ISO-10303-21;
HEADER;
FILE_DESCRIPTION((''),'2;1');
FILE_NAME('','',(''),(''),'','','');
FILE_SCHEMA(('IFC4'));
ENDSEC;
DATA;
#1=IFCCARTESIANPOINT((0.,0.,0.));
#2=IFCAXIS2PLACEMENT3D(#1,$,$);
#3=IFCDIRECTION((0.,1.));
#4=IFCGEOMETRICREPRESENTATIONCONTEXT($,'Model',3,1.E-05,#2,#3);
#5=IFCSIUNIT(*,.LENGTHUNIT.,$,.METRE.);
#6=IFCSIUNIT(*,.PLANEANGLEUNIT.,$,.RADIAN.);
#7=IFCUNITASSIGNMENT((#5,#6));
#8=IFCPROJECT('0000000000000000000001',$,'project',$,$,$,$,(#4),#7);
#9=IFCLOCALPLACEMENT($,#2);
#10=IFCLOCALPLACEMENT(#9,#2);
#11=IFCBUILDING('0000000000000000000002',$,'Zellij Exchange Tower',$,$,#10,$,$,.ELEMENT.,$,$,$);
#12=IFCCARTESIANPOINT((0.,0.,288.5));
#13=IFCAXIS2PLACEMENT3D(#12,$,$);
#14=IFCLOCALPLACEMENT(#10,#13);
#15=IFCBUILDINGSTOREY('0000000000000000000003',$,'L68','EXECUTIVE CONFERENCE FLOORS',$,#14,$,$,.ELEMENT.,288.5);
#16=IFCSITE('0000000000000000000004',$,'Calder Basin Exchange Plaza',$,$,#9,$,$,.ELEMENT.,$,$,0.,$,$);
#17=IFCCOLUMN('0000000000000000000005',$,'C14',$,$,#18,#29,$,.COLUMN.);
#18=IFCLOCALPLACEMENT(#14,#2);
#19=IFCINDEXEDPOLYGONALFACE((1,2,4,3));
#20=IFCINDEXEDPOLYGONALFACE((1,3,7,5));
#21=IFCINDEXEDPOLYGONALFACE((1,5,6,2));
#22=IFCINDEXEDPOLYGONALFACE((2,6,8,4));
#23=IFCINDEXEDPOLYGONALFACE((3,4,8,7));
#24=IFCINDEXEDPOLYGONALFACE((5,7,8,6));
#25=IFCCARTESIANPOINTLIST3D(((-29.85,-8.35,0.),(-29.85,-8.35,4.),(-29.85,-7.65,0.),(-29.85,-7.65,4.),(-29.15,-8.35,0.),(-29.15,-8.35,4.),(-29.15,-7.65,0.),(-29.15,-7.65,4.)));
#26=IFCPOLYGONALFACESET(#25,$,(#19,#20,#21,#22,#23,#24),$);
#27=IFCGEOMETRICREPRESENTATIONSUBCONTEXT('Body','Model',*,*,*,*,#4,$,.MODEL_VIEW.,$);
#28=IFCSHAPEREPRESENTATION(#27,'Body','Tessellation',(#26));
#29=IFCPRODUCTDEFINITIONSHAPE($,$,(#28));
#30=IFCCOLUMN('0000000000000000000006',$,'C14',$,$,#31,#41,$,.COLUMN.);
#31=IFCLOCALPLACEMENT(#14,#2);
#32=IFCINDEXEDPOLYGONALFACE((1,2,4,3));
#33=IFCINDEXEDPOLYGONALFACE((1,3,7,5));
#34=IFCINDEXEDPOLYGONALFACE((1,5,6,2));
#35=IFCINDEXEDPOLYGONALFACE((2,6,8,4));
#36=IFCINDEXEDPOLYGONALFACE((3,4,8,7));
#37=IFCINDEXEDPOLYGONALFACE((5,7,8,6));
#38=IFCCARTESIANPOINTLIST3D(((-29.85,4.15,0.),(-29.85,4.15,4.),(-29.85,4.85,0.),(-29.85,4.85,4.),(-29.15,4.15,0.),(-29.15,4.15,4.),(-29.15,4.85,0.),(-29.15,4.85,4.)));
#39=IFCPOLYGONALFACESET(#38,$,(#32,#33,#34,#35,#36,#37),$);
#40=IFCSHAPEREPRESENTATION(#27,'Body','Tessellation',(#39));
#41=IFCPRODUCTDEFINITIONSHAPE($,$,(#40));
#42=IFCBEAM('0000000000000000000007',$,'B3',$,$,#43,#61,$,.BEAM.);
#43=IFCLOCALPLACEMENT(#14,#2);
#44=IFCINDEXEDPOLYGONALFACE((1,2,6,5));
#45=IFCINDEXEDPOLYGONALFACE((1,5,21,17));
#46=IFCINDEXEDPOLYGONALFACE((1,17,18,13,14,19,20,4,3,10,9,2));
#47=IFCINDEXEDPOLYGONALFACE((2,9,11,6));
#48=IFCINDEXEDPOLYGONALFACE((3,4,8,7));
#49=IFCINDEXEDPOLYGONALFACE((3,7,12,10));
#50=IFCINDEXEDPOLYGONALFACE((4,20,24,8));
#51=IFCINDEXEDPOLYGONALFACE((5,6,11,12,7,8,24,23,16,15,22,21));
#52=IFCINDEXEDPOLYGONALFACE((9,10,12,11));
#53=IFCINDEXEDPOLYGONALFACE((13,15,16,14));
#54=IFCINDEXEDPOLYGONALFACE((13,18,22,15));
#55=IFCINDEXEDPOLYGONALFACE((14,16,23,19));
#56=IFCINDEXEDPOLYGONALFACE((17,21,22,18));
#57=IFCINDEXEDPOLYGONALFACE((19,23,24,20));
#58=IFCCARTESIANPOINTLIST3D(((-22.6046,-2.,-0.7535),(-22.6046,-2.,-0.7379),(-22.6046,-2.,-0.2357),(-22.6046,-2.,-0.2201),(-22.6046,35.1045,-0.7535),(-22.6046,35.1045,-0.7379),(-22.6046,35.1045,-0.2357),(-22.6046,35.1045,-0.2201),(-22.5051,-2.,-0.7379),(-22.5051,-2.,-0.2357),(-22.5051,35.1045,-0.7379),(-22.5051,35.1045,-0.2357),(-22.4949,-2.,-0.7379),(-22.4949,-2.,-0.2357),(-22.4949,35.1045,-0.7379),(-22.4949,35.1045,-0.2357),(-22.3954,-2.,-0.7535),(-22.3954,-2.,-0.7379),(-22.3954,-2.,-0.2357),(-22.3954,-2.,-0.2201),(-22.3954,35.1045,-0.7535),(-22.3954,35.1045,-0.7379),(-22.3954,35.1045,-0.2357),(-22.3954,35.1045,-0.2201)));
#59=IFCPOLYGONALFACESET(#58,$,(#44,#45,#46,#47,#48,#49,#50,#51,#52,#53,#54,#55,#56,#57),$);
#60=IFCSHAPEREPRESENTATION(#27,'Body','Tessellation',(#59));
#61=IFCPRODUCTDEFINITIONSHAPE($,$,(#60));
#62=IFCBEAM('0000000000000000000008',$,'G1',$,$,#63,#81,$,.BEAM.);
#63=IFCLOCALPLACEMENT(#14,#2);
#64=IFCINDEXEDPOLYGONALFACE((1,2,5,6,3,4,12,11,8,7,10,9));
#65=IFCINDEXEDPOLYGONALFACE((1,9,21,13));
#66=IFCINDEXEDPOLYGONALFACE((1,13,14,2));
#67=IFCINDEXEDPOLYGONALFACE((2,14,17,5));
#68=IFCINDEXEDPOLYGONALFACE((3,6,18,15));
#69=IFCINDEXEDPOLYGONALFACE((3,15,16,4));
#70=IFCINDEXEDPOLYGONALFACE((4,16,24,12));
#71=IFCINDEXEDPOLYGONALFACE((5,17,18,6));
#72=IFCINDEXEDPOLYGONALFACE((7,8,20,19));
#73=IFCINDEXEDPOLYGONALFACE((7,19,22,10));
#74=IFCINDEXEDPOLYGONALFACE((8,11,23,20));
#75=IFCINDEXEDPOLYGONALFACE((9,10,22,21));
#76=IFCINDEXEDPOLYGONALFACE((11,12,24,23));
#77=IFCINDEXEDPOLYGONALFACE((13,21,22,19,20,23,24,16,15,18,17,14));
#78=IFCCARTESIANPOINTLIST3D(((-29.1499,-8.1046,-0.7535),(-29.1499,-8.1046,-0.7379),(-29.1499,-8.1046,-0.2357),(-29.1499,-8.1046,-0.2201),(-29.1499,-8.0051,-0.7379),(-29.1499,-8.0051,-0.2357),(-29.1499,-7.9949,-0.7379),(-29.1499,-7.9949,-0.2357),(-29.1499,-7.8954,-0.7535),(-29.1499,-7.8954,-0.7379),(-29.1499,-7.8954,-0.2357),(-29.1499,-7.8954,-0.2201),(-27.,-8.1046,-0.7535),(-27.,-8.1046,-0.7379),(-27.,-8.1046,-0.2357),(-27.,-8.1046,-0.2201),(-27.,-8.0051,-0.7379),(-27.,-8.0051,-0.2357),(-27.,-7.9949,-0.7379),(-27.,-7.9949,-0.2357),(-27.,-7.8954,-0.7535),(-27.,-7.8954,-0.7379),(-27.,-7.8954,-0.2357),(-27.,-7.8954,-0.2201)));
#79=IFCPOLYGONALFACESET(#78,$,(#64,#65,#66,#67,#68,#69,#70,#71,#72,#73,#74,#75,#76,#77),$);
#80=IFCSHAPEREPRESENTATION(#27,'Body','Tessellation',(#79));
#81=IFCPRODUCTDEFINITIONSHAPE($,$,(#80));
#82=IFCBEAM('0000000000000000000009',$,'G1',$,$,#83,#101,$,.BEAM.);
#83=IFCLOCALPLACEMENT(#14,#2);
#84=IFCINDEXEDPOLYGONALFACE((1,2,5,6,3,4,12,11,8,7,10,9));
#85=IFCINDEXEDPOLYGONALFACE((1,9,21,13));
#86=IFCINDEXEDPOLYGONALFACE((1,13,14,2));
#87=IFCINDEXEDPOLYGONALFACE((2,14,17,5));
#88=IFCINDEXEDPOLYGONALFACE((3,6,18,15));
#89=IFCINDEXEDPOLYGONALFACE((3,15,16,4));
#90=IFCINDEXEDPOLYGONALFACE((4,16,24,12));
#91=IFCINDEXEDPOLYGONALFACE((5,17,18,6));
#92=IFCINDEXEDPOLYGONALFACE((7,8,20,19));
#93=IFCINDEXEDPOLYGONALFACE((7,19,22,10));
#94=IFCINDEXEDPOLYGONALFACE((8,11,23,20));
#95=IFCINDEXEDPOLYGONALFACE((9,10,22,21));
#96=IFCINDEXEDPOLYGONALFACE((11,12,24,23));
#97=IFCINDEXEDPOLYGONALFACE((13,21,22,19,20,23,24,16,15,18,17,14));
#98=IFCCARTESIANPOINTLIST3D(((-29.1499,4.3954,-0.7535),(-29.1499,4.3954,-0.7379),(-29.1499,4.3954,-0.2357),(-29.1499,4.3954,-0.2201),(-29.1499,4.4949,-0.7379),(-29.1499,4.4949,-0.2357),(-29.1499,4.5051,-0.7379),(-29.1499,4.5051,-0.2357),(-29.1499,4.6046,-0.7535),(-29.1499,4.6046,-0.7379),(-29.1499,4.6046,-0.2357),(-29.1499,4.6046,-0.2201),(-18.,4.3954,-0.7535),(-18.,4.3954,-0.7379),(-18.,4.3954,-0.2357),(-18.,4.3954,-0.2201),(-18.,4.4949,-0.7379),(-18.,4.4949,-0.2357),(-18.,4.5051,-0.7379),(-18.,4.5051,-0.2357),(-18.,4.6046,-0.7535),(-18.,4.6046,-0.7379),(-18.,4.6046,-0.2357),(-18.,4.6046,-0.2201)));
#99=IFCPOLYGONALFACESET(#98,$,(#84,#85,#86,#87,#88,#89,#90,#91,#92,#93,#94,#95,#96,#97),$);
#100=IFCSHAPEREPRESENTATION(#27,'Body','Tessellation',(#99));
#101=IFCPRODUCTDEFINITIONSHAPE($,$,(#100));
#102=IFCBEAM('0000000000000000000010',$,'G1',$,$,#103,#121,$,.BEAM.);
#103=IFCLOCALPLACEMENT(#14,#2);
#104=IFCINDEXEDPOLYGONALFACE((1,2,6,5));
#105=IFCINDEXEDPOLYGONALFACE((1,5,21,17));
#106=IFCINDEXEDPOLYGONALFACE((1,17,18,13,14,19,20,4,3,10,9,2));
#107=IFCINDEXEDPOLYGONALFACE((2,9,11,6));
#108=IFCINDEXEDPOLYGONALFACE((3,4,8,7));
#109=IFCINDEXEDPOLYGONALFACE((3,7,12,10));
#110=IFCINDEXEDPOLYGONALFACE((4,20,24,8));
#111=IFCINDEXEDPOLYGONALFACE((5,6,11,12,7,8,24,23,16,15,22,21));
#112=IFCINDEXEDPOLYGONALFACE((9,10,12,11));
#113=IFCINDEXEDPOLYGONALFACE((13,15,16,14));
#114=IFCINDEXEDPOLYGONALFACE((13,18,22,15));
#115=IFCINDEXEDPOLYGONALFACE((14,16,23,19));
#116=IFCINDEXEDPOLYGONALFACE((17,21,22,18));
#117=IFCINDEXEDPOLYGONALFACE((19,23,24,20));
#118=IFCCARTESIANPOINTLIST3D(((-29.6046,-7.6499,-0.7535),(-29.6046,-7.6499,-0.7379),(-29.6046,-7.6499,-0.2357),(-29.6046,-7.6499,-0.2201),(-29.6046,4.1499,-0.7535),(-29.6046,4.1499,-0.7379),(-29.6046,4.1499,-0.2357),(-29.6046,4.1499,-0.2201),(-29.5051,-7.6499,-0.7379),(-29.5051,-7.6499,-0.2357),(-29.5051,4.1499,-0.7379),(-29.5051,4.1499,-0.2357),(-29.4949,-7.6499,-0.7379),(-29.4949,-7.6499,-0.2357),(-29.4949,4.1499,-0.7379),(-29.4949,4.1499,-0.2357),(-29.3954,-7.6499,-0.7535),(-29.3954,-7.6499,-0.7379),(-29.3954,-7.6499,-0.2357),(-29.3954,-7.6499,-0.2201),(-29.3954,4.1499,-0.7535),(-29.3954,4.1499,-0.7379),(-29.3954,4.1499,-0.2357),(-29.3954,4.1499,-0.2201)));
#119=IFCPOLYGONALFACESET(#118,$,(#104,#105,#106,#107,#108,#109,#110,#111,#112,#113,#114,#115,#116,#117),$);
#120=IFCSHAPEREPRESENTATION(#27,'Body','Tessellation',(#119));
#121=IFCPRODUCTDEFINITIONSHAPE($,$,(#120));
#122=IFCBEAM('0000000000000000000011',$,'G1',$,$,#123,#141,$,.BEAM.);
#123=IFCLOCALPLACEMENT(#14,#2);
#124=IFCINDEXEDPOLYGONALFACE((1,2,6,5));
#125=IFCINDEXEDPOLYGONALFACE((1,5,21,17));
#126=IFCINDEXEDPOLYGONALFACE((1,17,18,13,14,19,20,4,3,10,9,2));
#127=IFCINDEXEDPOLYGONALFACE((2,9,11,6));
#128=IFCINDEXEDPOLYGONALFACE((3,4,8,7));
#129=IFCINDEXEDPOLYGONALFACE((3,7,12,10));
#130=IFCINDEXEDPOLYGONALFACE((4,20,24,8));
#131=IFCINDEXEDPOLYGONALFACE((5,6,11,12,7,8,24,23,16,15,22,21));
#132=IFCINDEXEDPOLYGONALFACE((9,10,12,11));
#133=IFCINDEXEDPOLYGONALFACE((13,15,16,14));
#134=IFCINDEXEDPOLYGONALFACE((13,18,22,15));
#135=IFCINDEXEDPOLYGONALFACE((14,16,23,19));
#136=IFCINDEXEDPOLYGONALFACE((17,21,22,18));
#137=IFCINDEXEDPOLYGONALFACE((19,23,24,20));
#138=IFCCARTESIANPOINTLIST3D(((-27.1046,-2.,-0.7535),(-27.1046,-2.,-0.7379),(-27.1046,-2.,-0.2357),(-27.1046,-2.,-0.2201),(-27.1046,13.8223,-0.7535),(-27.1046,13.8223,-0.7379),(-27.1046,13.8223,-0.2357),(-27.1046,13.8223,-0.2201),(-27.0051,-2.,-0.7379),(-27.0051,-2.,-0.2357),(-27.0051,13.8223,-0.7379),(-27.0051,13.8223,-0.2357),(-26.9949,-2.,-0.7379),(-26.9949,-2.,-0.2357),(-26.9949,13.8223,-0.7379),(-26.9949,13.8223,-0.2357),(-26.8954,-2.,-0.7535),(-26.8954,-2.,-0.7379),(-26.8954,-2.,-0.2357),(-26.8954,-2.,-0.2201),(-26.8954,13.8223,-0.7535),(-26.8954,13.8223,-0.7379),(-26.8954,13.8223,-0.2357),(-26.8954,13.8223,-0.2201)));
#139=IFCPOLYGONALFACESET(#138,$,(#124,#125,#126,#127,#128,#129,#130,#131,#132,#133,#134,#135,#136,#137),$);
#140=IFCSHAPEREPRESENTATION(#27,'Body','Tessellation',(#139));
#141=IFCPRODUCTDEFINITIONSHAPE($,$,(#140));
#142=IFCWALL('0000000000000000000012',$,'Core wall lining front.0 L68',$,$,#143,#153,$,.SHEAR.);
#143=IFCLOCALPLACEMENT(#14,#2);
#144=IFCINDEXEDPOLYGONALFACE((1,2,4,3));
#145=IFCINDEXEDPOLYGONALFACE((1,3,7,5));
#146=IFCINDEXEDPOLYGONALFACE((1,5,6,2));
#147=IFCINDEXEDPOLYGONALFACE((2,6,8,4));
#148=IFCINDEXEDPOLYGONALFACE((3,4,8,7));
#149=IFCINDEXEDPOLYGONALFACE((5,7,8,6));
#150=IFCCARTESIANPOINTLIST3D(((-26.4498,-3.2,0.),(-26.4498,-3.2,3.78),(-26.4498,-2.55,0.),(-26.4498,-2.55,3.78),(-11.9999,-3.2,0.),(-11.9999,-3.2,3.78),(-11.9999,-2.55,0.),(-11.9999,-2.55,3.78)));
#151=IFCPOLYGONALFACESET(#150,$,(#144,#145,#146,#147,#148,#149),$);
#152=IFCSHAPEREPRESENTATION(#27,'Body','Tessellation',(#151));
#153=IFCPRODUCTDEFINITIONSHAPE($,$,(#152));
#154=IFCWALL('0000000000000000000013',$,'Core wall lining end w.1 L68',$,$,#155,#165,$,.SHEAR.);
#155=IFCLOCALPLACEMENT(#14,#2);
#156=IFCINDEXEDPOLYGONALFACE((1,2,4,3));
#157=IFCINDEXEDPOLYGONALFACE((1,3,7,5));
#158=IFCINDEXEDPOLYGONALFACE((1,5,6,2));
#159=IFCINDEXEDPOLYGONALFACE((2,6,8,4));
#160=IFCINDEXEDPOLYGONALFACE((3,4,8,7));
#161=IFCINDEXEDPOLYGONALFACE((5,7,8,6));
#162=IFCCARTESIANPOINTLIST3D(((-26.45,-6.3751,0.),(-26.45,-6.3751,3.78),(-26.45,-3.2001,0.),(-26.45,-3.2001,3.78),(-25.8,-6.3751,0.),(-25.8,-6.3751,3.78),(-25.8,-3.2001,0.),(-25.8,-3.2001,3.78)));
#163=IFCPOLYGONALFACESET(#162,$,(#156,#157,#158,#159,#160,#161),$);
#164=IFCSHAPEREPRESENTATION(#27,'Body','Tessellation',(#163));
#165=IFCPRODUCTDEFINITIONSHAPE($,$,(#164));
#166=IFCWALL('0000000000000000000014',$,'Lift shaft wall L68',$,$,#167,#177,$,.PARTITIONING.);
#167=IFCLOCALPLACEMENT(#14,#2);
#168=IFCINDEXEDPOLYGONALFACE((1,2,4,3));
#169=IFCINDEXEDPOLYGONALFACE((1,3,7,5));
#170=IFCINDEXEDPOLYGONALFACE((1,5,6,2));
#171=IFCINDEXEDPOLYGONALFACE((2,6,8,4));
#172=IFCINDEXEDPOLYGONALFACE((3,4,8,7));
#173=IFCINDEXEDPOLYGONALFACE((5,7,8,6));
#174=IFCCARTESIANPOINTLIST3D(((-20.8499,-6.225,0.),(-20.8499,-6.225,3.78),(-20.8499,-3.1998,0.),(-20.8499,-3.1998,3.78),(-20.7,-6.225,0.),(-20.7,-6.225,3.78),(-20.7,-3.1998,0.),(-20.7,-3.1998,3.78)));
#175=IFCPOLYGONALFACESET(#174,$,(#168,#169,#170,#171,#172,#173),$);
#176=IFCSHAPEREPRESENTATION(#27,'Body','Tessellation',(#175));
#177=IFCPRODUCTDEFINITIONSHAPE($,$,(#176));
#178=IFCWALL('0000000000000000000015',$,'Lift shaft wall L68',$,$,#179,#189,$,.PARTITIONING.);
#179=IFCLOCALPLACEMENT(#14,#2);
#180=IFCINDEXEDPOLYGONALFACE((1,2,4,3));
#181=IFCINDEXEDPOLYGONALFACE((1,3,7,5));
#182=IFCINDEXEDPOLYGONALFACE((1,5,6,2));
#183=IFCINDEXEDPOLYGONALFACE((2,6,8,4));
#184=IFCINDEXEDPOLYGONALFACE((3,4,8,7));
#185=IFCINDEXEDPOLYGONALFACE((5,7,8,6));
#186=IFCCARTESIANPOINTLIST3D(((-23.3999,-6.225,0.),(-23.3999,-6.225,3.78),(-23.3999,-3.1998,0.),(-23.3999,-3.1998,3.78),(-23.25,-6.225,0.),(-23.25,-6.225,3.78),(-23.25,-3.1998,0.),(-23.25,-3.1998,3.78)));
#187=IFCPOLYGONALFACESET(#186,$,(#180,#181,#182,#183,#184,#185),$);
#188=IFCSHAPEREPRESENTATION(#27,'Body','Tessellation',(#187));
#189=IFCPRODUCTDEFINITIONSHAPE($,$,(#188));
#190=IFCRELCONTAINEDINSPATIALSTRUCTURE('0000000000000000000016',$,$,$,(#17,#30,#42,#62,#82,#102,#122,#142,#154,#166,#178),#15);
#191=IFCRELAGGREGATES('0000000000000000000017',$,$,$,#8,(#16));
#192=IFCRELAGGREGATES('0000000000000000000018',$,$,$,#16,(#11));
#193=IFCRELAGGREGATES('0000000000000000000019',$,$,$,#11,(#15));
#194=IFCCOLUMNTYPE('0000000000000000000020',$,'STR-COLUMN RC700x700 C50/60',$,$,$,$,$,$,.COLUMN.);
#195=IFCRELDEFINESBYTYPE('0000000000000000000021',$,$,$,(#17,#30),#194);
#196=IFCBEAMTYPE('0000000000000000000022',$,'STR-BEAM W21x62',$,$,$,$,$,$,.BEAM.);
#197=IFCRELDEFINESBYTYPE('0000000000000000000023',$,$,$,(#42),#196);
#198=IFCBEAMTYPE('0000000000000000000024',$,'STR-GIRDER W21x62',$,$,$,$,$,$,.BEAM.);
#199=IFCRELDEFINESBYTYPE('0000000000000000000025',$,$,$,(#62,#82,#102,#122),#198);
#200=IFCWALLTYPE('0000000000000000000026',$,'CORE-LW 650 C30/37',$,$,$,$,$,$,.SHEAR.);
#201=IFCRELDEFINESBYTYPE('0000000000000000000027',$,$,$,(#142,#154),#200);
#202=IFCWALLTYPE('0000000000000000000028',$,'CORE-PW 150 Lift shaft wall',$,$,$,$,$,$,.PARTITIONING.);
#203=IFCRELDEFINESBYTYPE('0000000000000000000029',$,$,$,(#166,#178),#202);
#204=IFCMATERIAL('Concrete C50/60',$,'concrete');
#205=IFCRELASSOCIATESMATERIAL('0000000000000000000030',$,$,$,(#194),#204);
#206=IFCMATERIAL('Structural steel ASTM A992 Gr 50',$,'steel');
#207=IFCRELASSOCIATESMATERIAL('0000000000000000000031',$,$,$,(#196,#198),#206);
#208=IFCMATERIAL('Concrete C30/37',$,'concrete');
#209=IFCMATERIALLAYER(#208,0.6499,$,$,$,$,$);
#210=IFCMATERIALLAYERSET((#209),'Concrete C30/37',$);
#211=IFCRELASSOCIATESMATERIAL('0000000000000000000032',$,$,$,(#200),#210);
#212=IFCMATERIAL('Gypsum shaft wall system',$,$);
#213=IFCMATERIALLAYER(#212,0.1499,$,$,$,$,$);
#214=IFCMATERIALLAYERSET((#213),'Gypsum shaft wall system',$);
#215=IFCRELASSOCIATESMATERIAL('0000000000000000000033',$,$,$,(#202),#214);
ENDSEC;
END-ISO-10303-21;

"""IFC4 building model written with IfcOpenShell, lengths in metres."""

from ifc_helpers import new_model, si_unit, direction, frame, frame_2d, origin, origin_2d, place, context, subcontext, project, spatial, rectangle, i_section, extrude, material, layer, layer_set, material_profile, profile_set, type_object, element, save


model = new_model("IFC4")

# Units and contexts
model_context = context("Model", 3, precision=1e-05, world=origin(), true_north=direction((0.0, 1.0)))
body_context = subcontext(model_context, "Body", "Model", "MODEL_VIEW")
ifc_project = project(units=[si_unit("LENGTHUNIT", "METRE"), si_unit("PLANEANGLEUNIT", "RADIAN")], contexts=[model_context])

# Site, building, storey
site_placement = place(None, origin())
site = spatial("IfcSite", under=ifc_project, at=site_placement, Name="Calder Basin Exchange Plaza", CompositionType="ELEMENT", RefElevation=0.0)
building_placement = place(site_placement, origin())
building = spatial("IfcBuilding", under=site, at=building_placement, Name="Zellij Exchange Tower", CompositionType="ELEMENT")
storey_placement = place(building_placement, frame((0.0, 0.0, 288.5)))
storey = spatial("IfcBuildingStorey", under=building, at=storey_placement, Name="L68", Description="EXECUTIVE CONFERENCE FLOORS", CompositionType="ELEMENT", Elevation=288.5)

# Columns
ifc_material_1 = material(Name="Concrete C50/60", Category="concrete")
ifc_material_profile_1 = material_profile(ifc_material_1, rectangle(XDim=0.7, YDim=0.7, at=origin_2d()), Name="STR-COLUMN RC700x700 C50/60")
ifc_profile_set_1 = profile_set([ifc_material_profile_1], Name="Concrete C50/60")
column_type = type_object("IfcColumnType", Name="STR-COLUMN RC700x700 C50/60", PredefinedType="COLUMN", material=ifc_profile_set_1)
for number, where, z_axis, x_axis, name in (
    (1, (-29.5, -8.0, 0.0), (0.0, 0.0, 1.0), (1.0, 0.0, 0.0), "C14"),
    (2, (-29.5, 4.5, 0.0), (0.0, 0.0, 1.0), (1.0, 0.0, 0.0), "C14"),
):
    element("IfcColumn", number, at=place(storey_placement, frame(where, z_axis=z_axis, x_axis=x_axis)), inside=storey, type_object=column_type, Name=name, PredefinedType="COLUMN", context=body_context, shape_type="SweptSolid", body=[
        extrude(rectangle(XDim=0.7, YDim=0.7, at=origin_2d()), origin(), (0.0, 0.0, 1.0), 4.0),
    ])

# Beams
ifc_material_2 = material(Name="Structural steel ASTM A992 Gr 50", Category="steel")
ifc_material_profile_2 = material_profile(ifc_material_2, i_section(OverallWidth=0.2092, OverallDepth=0.5334, WebThickness=0.0103, FlangeThickness=0.0156, at=origin_2d()), Name="W21x62")
ifc_profile_set_2 = profile_set([ifc_material_profile_2], Name="Structural steel ASTM A992 Gr 50")
beam_type_1 = type_object("IfcBeamType", Name="STR-BEAM W21x62", PredefinedType="BEAM", material=ifc_profile_set_2)
beam_1_placement = place(storey_placement, frame((-22.5, -2.0, -0.4868), z_axis=(0.0, 1.0, 0.0), x_axis=(-1.0, 0.0, 0.0)))
element("IfcBeam", 3, at=beam_1_placement, inside=storey, type_object=beam_type_1, Name="B3", PredefinedType="BEAM", context=body_context, shape_type="SweptSolid", body=[
    extrude(i_section(OverallWidth=0.2092, OverallDepth=0.5334, WebThickness=0.0103, FlangeThickness=0.0156, at=origin_2d()), origin(), (0.0, 0.0, 1.0), 37.1045),
])
ifc_material_profile_3 = material_profile(ifc_material_2, i_section(OverallWidth=0.2092, OverallDepth=0.5334, WebThickness=0.0103, FlangeThickness=0.0156, at=origin_2d()), Name="W21x62")
ifc_profile_set_3 = profile_set([ifc_material_profile_3], Name="Structural steel ASTM A992 Gr 50")
beam_type_2 = type_object("IfcBeamType", Name="STR-GIRDER W21x62", PredefinedType="BEAM", material=ifc_profile_set_3)
beam_2_placement = place(storey_placement, frame((-29.1499, -8.0, -0.4868), z_axis=(1.0, 0.0, 0.0), x_axis=(0.0, 1.0, 0.0)))
element("IfcBeam", 4, at=beam_2_placement, inside=storey, type_object=beam_type_2, Name="G1", PredefinedType="BEAM", context=body_context, shape_type="SweptSolid", body=[
    extrude(i_section(OverallWidth=0.2092, OverallDepth=0.5334, WebThickness=0.0103, FlangeThickness=0.0156, at=origin_2d()), origin(), (0.0, 0.0, 1.0), 2.1499),
])
beam_3_placement = place(storey_placement, frame((-29.1499, 4.5, -0.4868), z_axis=(1.0, 0.0, 0.0), x_axis=(0.0, 1.0, 0.0)))
element("IfcBeam", 5, at=beam_3_placement, inside=storey, type_object=beam_type_2, Name="G1", PredefinedType="BEAM", context=body_context, shape_type="SweptSolid", body=[
    extrude(i_section(OverallWidth=0.2092, OverallDepth=0.5334, WebThickness=0.0103, FlangeThickness=0.0156, at=origin_2d()), origin(), (0.0, 0.0, 1.0), 11.1499),
])
beam_4_placement = place(storey_placement, frame((-29.5, -7.6499, -0.4868), z_axis=(0.0, 1.0, 0.0), x_axis=(-1.0, 0.0, 0.0)))
element("IfcBeam", 6, at=beam_4_placement, inside=storey, type_object=beam_type_2, Name="G1", PredefinedType="BEAM", context=body_context, shape_type="SweptSolid", body=[
    extrude(i_section(OverallWidth=0.2092, OverallDepth=0.5334, WebThickness=0.0103, FlangeThickness=0.0156, at=origin_2d()), origin(), (0.0, 0.0, 1.0), 11.7998),
])
beam_5_placement = place(storey_placement, frame((-27.0, -2.0, -0.4868), z_axis=(0.0, 1.0, 0.0), x_axis=(-1.0, 0.0, 0.0)))
element("IfcBeam", 7, at=beam_5_placement, inside=storey, type_object=beam_type_2, Name="G1", PredefinedType="BEAM", context=body_context, shape_type="SweptSolid", body=[
    extrude(i_section(OverallWidth=0.2092, OverallDepth=0.5334, WebThickness=0.0103, FlangeThickness=0.0156, at=origin_2d()), origin(), (0.0, 0.0, 1.0), 15.8223),
])

# Walls
ifc_material_3 = material(Name="Concrete C30/37", Category="concrete")
ifc_layer_1 = layer(ifc_material_3, 0.6499)
ifc_layer_set_1 = layer_set([ifc_layer_1], Name="Concrete C30/37")
wall_type_1 = type_object("IfcWallType", Name="CORE-LW 650 C30/37", PredefinedType="SHEAR", material=ifc_layer_set_1)
wall_1_placement = place(storey_placement, frame((-26.45, -2.875, 0.0), z_axis=(0.0, 0.0, 1.0), x_axis=(1.0, 0.0, 0.0)))
element("IfcWall", 8, at=wall_1_placement, inside=storey, type_object=wall_type_1, Name="Core wall lining front.0 L68", PredefinedType="SHEAR", context=body_context, shape_type="SweptSolid", body=[
    extrude(rectangle(XDim=14.45, YDim=0.6499, at=frame_2d((7.2251, 0.0))), origin(), (0.0, 0.0, 1.0), 3.78),
])
wall_2_placement = place(storey_placement, frame((-26.125, -6.375, 0.0), z_axis=(0.0, 0.0, 1.0), x_axis=(0.0, 1.0, 0.0)))
element("IfcWall", 9, at=wall_2_placement, inside=storey, type_object=wall_type_1, Name="Core wall lining end w.1 L68", PredefinedType="SHEAR", context=body_context, shape_type="SweptSolid", body=[
    extrude(rectangle(XDim=3.175, YDim=0.6499, at=frame_2d((1.5874, 0.0))), origin(), (0.0, 0.0, 1.0), 3.78),
])
ifc_material_4 = material(Name="Gypsum shaft wall system")
ifc_layer_2 = layer(ifc_material_4, 0.1499)
ifc_layer_set_2 = layer_set([ifc_layer_2], Name="Gypsum shaft wall system")
wall_type_2 = type_object("IfcWallType", Name="CORE-PW 150 Lift shaft wall", PredefinedType="PARTITIONING", material=ifc_layer_set_2)
for number, where, z_axis, x_axis, name in (
    (10, (-20.7749, -6.2251, 0.0), (0.0, 0.0, 1.0), (0.0, 1.0, 0.0), "Lift shaft wall L68"),
    (11, (-23.325, -6.2251, 0.0), (0.0, 0.0, 1.0), (0.0, 1.0, 0.0), "Lift shaft wall L68"),
):
    element("IfcWall", number, at=place(storey_placement, frame(where, z_axis=z_axis, x_axis=x_axis)), inside=storey, type_object=wall_type_2, Name=name, PredefinedType="PARTITIONING", context=body_context, shape_type="SweptSolid", body=[
        extrude(rectangle(XDim=3.0251, YDim=0.1499, at=frame_2d((1.5127, 0.0))), origin(), (0.0, 0.0, 1.0), 3.78),
    ])

save(model, "model.ifc")
